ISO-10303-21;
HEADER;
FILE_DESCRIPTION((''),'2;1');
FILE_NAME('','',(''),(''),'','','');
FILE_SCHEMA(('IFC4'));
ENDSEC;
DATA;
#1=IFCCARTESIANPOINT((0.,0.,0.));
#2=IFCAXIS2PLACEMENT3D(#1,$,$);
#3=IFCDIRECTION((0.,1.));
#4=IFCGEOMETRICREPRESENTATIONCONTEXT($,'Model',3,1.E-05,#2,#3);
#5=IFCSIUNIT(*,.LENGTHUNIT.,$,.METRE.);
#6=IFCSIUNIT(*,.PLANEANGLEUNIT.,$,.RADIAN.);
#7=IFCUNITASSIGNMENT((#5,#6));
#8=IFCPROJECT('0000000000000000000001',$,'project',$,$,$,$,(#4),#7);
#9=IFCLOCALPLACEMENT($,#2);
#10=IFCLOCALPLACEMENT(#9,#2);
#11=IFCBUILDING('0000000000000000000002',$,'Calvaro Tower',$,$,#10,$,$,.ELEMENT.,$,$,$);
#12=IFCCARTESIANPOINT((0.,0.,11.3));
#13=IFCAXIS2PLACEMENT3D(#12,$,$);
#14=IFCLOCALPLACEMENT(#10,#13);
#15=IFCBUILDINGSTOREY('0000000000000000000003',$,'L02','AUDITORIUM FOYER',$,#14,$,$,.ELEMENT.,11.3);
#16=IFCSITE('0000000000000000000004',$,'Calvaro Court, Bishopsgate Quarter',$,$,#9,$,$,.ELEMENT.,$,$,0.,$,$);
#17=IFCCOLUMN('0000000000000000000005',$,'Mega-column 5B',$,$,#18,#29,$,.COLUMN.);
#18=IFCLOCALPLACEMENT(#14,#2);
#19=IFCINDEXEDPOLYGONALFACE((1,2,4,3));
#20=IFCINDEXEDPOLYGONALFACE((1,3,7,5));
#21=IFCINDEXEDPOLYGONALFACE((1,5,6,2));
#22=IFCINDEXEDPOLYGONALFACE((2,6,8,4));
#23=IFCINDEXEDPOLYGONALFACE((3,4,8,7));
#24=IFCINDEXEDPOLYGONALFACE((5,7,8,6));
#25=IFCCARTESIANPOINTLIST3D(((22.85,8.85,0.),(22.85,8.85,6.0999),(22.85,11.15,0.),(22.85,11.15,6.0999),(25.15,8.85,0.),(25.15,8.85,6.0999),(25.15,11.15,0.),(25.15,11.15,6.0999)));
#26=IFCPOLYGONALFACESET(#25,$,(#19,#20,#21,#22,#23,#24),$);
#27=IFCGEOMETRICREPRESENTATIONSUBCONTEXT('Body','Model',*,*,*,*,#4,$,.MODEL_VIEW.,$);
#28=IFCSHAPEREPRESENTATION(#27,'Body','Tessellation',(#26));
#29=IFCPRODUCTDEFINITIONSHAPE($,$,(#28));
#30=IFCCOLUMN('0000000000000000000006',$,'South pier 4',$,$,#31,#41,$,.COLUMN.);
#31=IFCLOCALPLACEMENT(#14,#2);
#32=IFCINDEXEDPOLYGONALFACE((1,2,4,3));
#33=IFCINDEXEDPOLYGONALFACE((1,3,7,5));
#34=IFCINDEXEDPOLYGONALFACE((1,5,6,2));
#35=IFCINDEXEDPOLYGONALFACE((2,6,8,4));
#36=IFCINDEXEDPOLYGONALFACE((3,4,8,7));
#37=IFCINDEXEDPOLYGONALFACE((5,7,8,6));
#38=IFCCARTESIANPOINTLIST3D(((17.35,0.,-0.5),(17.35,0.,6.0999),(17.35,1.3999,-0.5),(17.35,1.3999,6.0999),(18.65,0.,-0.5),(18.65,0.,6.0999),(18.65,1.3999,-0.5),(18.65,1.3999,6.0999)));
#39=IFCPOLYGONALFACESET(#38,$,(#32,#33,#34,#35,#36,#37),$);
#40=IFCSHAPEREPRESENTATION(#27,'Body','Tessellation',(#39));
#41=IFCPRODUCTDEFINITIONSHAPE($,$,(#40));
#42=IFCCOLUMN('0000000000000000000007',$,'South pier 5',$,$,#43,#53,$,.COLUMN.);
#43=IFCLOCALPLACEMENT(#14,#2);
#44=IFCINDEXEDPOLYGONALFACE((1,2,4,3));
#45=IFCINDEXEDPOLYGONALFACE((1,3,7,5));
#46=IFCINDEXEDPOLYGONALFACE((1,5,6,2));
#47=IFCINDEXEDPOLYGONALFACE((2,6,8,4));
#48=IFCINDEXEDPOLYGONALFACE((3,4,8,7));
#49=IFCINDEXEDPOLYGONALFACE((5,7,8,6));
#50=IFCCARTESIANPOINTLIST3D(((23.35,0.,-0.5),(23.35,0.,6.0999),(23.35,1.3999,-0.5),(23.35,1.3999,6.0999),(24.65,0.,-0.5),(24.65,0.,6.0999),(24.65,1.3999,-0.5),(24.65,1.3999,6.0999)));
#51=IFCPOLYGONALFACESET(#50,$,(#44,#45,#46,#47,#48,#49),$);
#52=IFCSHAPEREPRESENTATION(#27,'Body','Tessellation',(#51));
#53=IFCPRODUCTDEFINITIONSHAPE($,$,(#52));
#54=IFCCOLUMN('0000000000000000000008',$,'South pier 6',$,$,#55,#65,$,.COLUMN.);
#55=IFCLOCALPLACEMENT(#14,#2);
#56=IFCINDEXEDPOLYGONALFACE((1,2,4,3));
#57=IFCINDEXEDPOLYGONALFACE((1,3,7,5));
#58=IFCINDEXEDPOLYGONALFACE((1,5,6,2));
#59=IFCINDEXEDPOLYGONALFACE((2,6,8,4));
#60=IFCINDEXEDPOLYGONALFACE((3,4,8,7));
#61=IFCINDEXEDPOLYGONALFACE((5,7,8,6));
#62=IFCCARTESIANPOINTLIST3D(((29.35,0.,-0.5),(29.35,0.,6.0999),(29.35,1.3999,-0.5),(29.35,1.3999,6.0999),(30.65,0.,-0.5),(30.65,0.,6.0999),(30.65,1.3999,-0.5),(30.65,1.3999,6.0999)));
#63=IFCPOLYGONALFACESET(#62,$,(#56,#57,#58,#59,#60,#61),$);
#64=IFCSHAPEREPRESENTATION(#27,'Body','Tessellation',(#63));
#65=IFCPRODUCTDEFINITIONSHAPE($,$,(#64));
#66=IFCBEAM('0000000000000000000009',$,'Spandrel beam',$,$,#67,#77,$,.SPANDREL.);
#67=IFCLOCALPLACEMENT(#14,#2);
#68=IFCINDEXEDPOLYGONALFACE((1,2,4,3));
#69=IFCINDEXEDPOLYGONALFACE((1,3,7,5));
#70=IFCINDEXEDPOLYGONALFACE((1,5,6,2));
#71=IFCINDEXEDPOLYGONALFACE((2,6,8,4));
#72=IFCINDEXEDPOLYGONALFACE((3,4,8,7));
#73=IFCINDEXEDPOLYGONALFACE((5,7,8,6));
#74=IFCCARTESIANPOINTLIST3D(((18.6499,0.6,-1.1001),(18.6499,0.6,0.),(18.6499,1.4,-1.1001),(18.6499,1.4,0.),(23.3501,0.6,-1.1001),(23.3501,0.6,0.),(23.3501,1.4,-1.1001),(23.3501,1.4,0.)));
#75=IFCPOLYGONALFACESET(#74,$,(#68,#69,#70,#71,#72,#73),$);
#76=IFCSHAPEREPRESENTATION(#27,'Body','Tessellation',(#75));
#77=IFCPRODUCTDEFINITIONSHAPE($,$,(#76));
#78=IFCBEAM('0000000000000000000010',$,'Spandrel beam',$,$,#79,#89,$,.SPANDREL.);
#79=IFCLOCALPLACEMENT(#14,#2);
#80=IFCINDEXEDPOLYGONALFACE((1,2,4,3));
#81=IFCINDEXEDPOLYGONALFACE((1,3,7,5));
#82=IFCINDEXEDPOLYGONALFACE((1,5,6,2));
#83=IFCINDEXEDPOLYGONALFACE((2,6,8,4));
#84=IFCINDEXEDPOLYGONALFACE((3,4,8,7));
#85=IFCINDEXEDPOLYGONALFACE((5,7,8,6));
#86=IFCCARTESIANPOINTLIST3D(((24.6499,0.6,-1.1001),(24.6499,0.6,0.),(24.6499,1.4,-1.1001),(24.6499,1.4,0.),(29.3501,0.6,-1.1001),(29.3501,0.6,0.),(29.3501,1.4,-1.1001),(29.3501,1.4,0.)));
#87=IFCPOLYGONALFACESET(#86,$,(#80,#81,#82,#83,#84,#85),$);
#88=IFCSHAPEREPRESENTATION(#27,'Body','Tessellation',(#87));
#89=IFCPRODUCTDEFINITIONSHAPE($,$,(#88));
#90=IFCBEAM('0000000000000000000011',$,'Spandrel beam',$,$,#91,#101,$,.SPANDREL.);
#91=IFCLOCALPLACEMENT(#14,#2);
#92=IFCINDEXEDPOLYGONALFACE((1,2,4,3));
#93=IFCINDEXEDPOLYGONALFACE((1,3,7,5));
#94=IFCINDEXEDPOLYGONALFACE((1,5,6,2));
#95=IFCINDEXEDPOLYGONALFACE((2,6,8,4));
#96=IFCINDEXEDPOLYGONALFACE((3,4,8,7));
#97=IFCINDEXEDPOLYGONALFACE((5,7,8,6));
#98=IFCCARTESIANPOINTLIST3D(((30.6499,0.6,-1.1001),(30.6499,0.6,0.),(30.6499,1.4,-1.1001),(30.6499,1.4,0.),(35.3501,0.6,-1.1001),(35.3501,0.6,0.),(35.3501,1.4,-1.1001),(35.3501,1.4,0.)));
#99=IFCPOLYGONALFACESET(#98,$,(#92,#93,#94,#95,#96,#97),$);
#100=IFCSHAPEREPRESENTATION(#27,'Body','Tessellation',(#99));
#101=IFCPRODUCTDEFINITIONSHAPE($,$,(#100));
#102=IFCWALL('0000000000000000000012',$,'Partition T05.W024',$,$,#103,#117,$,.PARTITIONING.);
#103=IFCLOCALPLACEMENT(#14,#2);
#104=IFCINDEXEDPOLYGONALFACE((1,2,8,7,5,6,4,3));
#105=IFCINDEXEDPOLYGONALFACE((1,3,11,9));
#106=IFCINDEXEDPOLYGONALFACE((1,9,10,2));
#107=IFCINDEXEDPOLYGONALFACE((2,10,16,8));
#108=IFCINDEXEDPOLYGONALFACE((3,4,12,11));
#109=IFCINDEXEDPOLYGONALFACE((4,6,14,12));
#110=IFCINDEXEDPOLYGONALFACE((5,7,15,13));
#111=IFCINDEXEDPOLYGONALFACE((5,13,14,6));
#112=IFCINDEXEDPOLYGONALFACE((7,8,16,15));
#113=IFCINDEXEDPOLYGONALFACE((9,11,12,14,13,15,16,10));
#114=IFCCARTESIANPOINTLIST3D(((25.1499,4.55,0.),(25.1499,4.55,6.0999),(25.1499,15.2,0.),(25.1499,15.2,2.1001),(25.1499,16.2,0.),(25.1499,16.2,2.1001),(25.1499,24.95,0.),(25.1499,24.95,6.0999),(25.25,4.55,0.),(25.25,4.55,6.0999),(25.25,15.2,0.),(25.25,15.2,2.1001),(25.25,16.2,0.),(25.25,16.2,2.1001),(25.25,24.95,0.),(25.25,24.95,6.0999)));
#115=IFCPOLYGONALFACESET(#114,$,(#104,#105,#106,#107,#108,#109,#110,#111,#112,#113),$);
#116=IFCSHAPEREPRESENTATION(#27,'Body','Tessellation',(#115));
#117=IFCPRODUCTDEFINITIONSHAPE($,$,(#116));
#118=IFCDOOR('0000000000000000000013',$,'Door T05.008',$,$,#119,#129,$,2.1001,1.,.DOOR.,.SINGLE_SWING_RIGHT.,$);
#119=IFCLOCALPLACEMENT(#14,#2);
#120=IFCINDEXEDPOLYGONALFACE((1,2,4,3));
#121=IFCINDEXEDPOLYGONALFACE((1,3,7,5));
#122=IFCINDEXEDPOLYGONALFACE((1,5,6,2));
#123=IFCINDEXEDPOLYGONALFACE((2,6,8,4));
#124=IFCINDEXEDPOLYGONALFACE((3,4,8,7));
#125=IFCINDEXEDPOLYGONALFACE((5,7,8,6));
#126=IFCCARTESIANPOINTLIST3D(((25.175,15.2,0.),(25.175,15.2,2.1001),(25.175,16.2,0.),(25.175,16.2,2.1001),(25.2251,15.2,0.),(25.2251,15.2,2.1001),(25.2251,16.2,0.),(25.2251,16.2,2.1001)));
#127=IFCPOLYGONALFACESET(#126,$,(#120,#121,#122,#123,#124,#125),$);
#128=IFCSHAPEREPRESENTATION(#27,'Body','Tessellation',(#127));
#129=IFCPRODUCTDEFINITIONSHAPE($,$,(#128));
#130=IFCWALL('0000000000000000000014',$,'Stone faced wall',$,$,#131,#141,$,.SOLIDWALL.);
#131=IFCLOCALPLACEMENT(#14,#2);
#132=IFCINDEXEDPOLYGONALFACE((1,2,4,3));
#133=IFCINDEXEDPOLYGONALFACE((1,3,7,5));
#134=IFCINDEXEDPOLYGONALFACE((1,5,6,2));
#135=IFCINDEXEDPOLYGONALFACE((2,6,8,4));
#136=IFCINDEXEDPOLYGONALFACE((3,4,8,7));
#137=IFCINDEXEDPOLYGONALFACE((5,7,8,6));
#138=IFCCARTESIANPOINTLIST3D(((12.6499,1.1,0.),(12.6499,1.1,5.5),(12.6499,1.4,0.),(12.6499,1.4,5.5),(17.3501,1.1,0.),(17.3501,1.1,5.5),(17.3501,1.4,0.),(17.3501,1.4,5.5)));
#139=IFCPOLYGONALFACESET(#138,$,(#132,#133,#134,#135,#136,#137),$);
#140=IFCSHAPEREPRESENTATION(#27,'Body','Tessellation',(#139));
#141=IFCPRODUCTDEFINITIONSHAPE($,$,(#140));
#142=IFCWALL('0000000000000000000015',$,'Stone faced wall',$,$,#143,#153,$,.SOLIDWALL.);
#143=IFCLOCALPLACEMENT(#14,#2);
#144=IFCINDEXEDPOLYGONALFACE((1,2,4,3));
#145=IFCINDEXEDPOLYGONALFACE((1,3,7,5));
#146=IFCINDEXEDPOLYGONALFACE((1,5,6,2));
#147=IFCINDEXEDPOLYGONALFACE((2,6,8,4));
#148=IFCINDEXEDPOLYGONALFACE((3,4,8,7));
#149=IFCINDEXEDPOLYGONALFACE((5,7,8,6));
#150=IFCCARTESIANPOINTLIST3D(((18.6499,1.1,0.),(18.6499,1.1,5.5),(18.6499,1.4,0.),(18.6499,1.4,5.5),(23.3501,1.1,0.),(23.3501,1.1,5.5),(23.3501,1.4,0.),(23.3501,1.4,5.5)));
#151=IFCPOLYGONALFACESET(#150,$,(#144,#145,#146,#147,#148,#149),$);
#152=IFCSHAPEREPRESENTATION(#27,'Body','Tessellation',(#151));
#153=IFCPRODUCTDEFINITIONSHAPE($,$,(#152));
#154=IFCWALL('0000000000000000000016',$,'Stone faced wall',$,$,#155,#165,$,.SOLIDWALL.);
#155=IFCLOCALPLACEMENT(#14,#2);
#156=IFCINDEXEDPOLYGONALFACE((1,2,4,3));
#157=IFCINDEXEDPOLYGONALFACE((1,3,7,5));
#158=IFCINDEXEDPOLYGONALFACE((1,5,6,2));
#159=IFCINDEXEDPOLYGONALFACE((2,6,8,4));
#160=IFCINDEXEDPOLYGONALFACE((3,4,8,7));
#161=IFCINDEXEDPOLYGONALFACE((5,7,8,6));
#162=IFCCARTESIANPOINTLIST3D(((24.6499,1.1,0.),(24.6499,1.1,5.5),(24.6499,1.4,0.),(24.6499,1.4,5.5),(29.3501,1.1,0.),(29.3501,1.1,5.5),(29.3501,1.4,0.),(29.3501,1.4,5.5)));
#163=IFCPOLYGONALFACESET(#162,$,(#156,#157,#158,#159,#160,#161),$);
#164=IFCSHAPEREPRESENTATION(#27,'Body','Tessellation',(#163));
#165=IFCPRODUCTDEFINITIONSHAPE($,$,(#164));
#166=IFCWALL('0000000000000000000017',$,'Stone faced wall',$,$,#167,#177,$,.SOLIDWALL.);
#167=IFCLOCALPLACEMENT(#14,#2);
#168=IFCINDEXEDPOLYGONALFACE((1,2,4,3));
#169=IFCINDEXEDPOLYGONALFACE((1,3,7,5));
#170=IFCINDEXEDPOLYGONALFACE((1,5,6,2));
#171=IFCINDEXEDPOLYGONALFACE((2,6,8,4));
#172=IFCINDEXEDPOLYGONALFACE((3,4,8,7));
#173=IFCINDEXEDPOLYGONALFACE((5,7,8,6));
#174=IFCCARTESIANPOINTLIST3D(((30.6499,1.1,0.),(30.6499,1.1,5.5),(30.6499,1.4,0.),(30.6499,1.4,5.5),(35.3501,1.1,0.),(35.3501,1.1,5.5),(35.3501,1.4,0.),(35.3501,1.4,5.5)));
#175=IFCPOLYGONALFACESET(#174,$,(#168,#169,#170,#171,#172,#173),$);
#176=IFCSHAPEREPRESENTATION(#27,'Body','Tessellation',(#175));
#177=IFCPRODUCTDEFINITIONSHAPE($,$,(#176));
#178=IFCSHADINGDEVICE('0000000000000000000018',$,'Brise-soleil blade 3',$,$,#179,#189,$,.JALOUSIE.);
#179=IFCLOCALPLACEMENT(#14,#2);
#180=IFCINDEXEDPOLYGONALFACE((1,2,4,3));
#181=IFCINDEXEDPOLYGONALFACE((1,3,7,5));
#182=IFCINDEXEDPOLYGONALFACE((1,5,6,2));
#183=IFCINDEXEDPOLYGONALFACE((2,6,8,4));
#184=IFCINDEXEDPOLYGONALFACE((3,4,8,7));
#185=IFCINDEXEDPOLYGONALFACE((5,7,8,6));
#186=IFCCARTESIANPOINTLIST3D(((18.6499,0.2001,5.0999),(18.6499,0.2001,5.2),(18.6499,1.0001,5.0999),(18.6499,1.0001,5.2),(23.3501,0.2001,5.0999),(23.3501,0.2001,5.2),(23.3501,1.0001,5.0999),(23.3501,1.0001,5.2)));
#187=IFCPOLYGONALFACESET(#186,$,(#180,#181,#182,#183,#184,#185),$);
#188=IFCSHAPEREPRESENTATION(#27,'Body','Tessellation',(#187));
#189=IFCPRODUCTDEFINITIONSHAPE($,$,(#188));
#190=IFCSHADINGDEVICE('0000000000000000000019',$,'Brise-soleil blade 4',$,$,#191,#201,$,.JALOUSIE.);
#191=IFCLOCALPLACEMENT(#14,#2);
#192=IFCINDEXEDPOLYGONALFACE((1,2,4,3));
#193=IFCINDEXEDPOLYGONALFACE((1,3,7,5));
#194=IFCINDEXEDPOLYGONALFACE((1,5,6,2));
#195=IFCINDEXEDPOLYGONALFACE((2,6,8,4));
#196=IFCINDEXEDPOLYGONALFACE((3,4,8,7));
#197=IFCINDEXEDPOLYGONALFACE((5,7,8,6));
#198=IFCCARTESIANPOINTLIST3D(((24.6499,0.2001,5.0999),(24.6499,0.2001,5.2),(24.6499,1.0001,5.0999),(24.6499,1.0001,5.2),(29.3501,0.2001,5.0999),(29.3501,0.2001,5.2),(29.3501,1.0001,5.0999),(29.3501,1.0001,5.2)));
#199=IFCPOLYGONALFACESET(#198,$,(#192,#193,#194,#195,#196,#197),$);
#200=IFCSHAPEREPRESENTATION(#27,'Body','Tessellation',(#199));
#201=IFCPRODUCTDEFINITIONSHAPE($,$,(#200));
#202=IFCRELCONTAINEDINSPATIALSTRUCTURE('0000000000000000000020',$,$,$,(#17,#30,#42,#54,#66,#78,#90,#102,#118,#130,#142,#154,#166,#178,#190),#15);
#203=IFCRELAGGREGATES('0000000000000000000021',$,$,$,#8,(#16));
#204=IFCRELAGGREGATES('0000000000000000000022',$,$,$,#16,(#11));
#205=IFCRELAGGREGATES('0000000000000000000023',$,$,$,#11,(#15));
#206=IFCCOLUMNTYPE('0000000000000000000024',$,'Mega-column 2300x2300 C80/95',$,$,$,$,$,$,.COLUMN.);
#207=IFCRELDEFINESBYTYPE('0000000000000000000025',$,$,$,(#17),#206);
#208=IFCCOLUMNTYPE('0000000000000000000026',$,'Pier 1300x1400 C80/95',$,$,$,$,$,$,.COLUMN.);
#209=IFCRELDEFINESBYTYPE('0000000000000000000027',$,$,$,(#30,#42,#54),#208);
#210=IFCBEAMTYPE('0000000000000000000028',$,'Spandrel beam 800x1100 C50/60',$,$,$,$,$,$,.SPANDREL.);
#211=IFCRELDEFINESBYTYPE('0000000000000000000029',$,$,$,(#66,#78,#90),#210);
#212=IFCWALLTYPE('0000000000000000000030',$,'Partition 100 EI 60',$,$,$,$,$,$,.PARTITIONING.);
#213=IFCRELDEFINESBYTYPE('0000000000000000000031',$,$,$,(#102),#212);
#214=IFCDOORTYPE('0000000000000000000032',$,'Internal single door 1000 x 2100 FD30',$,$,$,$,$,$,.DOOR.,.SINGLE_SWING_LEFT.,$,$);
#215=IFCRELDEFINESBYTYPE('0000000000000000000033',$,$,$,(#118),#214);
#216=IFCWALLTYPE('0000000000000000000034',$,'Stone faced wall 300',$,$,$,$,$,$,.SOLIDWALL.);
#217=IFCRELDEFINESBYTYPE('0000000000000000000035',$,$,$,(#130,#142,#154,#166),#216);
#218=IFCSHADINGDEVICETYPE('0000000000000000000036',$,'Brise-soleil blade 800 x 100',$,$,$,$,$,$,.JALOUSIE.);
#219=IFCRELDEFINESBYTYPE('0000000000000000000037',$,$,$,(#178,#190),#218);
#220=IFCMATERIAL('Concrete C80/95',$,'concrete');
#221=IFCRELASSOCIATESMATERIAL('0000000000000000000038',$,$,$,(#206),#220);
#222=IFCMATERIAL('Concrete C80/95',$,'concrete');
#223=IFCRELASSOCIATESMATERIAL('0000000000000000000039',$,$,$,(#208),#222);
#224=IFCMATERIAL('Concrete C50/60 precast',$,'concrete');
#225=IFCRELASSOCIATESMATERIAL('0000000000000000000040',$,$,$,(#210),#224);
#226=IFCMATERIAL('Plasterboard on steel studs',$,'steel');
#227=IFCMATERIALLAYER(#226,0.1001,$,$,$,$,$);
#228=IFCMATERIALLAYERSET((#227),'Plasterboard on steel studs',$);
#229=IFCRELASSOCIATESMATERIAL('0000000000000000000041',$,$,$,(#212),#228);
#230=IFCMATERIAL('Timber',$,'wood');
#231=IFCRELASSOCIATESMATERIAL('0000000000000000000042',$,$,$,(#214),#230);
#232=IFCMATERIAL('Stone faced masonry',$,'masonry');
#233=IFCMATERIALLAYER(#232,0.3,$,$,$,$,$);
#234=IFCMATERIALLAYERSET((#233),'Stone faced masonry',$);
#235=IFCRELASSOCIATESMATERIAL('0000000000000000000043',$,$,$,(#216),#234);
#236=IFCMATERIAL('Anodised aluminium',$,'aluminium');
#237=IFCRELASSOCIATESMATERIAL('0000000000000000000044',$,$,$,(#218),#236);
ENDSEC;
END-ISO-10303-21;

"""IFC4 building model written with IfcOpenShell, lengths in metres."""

from ifc_helpers import new_model, si_unit, direction, frame, frame_2d, origin, origin_2d, place, context, subcontext, project, spatial, rectangle, extrude, material, layer, layer_set, material_profile, profile_set, type_object, element, fill, save


model = new_model("IFC4")

# Units and contexts
model_context = context("Model", 3, precision=1e-05, world=origin(), true_north=direction((0.0, 1.0)))
body_context = subcontext(model_context, "Body", "Model", "MODEL_VIEW")
ifc_project = project(units=[si_unit("LENGTHUNIT", "METRE"), si_unit("PLANEANGLEUNIT", "RADIAN")], contexts=[model_context])

# Site, building, storey
site_placement = place(None, origin())
site = spatial("IfcSite", under=ifc_project, at=site_placement, Name="Calvaro Court, Bishopsgate Quarter", CompositionType="ELEMENT", RefElevation=0.0)
building_placement = place(site_placement, origin())
building = spatial("IfcBuilding", under=site, at=building_placement, Name="Calvaro Tower", CompositionType="ELEMENT")
storey_placement = place(building_placement, frame((0.0, 0.0, 11.3)))
storey = spatial("IfcBuildingStorey", under=building, at=storey_placement, Name="L02", Description="AUDITORIUM FOYER", CompositionType="ELEMENT", Elevation=11.3)

# Columns
ifc_material_1 = material(Name="Concrete C80/95", Category="concrete")
ifc_material_profile_1 = material_profile(ifc_material_1, rectangle(XDim=2.3, YDim=2.3, at=origin_2d()), Name="RC 2300x2300")
ifc_profile_set_1 = profile_set([ifc_material_profile_1], Name="Concrete C80/95")
column_type_1 = type_object("IfcColumnType", Name="Mega-column 2300x2300 C80/95", PredefinedType="COLUMN", material=ifc_profile_set_1)
column_placement = place(storey_placement, frame((24.0, 10.0, 0.0), z_axis=(0.0, 0.0, 1.0), x_axis=(1.0, 0.0, 0.0)))
element("IfcColumn", 1, at=column_placement, inside=storey, type_object=column_type_1, Name="Mega-column 5B", PredefinedType="COLUMN", context=body_context, shape_type="SweptSolid", body=[
    extrude(rectangle(XDim=2.3, YDim=2.3, at=origin_2d()), origin(), (0.0, 0.0, 1.0), 6.0999),
])
ifc_material_2 = material(Name="Concrete C80/95", Category="concrete")
ifc_material_profile_2 = material_profile(ifc_material_2, rectangle(XDim=1.3, YDim=1.3999, at=origin_2d()), Name="RC 1300x1400")
ifc_profile_set_2 = profile_set([ifc_material_profile_2], Name="Concrete C80/95")
column_type_2 = type_object("IfcColumnType", Name="Pier 1300x1400 C80/95", PredefinedType="COLUMN", material=ifc_profile_set_2)
for number, where, z_axis, x_axis, name in (
    (2, (18.0, 0.7, -0.5), (0.0, 0.0, 1.0), (1.0, 0.0, 0.0), "South pier 4"),
    (3, (24.0, 0.7, -0.5), (0.0, 0.0, 1.0), (1.0, 0.0, 0.0), "South pier 5"),
    (4, (30.0, 0.7, -0.5), (0.0, 0.0, 1.0), (1.0, 0.0, 0.0), "South pier 6"),
):
    element("IfcColumn", number, at=place(storey_placement, frame(where, z_axis=z_axis, x_axis=x_axis)), inside=storey, type_object=column_type_2, Name=name, PredefinedType="COLUMN", context=body_context, shape_type="SweptSolid", body=[
        extrude(rectangle(XDim=1.3, YDim=1.3999, at=origin_2d()), origin(), (0.0, 0.0, 1.0), 6.5999),
    ])

# Beams
ifc_material_3 = material(Name="Concrete C50/60 precast", Category="concrete")
ifc_material_profile_3 = material_profile(ifc_material_3, rectangle(XDim=0.8, YDim=1.1001, at=origin_2d()), Name="RC 800x1100")
ifc_profile_set_3 = profile_set([ifc_material_profile_3], Name="Concrete C50/60 precast")
beam_type = type_object("IfcBeamType", Name="Spandrel beam 800x1100 C50/60", PredefinedType="SPANDREL", material=ifc_profile_set_3)
for number, where, z_axis, x_axis, name in (
    (5, (18.6499, 1.0, -0.55), (1.0, 0.0, 0.0), (0.0, 1.0, 0.0), "Spandrel beam"),
    (6, (24.6499, 1.0, -0.55), (1.0, 0.0, 0.0), (0.0, 1.0, 0.0), "Spandrel beam"),
    (7, (30.6499, 1.0, -0.55), (1.0, 0.0, 0.0), (0.0, 1.0, 0.0), "Spandrel beam"),
):
    element("IfcBeam", number, at=place(storey_placement, frame(where, z_axis=z_axis, x_axis=x_axis)), inside=storey, type_object=beam_type, Name=name, PredefinedType="SPANDREL", context=body_context, shape_type="SweptSolid", body=[
        extrude(rectangle(XDim=0.8, YDim=1.1001, at=origin_2d()), origin(), (0.0, 0.0, 1.0), 4.7002),
    ])

# Wall, opening, door
ifc_material_4 = material(Name="Plasterboard on steel studs", Category="steel")
ifc_layer_1 = layer(ifc_material_4, 0.1001)
ifc_layer_set_1 = layer_set([ifc_layer_1], Name="Plasterboard on steel studs")
wall_type_1 = type_object("IfcWallType", Name="Partition 100 EI 60", PredefinedType="PARTITIONING", material=ifc_layer_set_1)
wall_placement = place(storey_placement, frame((25.2, 4.55, 0.0), z_axis=(0.0, 0.0, 1.0), x_axis=(0.0, 1.0, 0.0)))
wall = element("IfcWall", 8, at=wall_placement, inside=storey, type_object=wall_type_1, Name="Partition T05.W024", PredefinedType="PARTITIONING", context=body_context, shape_type="SweptSolid", body=[
    extrude(rectangle(XDim=20.3999, YDim=0.1001, at=frame_2d((10.2, 0.0))), origin(), (0.0, 0.0, 1.0), 6.0999),
])
opening_placement = place(wall_placement, frame((10.6499, 0.0, 0.0)))
opening = element("IfcOpeningElement", 9, at=opening_placement, cuts=wall, PredefinedType="OPENING", context=body_context, shape_type="SweptSolid", body=[
    extrude(rectangle(XDim=1.0, YDim=2.1001, at=frame_2d((0.5, 1.05))), frame((0.0, 0.0601, 0.0), z_axis=(0.0, -1.0, 0.0), x_axis=(1.0, 0.0, 0.0)), (0.0, 0.0, 1.0), 0.1201),
])
ifc_material_5 = material(Name="Timber", Category="wood")
door_type = type_object("IfcDoorType", Name="Internal single door 1000 x 2100 FD30", OperationType="SINGLE_SWING_LEFT", PredefinedType="DOOR", material=ifc_material_5)
door_placement = place(opening_placement, origin())
door = element("IfcDoor", 10, at=door_placement, inside=storey, type_object=door_type, Name="Door T05.008", OperationType="SINGLE_SWING_RIGHT", OverallHeight=2.1001, OverallWidth=1.0, PredefinedType="DOOR", context=body_context, shape_type="SweptSolid", body=[
    extrude(rectangle(XDim=1.0, YDim=2.1001, at=frame_2d((0.5, 1.05))), frame((0.0, 0.0249, 0.0), z_axis=(0.0, -1.0, 0.0), x_axis=(1.0, 0.0, 0.0)), (0.0, 0.0, 1.0), 0.05),
])
fill(opening, door)

# Walls
ifc_material_6 = material(Name="Stone faced masonry", Category="masonry")
ifc_layer_2 = layer(ifc_material_6, 0.3)
ifc_layer_set_2 = layer_set([ifc_layer_2], Name="Stone faced masonry")
wall_type_2 = type_object("IfcWallType", Name="Stone faced wall 300", PredefinedType="SOLIDWALL", material=ifc_layer_set_2)
for number, where, z_axis, x_axis, name in (
    (11, (12.6499, 1.25, 0.0), (0.0, 0.0, 1.0), (1.0, 0.0, 0.0), "Stone faced wall"),
    (12, (18.6499, 1.25, 0.0), (0.0, 0.0, 1.0), (1.0, 0.0, 0.0), "Stone faced wall"),
    (13, (24.6499, 1.25, 0.0), (0.0, 0.0, 1.0), (1.0, 0.0, 0.0), "Stone faced wall"),
    (14, (30.6499, 1.25, 0.0), (0.0, 0.0, 1.0), (1.0, 0.0, 0.0), "Stone faced wall"),
):
    element("IfcWall", number, at=place(storey_placement, frame(where, z_axis=z_axis, x_axis=x_axis)), inside=storey, type_object=wall_type_2, Name=name, PredefinedType="SOLIDWALL", context=body_context, shape_type="SweptSolid", body=[
        extrude(rectangle(XDim=4.7002, YDim=0.3, at=frame_2d((2.3501, 0.0))), origin(), (0.0, 0.0, 1.0), 5.5),
    ])

# Shading devices
ifc_material_7 = material(Name="Anodised aluminium", Category="aluminium")
ifc_material_profile_4 = material_profile(ifc_material_7, rectangle(XDim=0.8, YDim=0.1001, at=origin_2d()), Name="Brise-soleil blade 800 x 100")
ifc_profile_set_4 = profile_set([ifc_material_profile_4], Name="Anodised aluminium")
shading_device_type = type_object("IfcShadingDeviceType", Name="Brise-soleil blade 800 x 100", PredefinedType="JALOUSIE", material=ifc_profile_set_4)
for number, where, z_axis, x_axis, name in (
    (15, (18.6499, 0.6001, 5.1499), (1.0, 0.0, 0.0), (0.0, 1.0, 0.0), "Brise-soleil blade 3"),
    (16, (24.6499, 0.6001, 5.1499), (1.0, 0.0, 0.0), (0.0, 1.0, 0.0), "Brise-soleil blade 4"),
):
    element("IfcShadingDevice", number, at=place(storey_placement, frame(where, z_axis=z_axis, x_axis=x_axis)), inside=storey, type_object=shading_device_type, Name=name, PredefinedType="JALOUSIE", context=body_context, shape_type="SweptSolid", body=[
        extrude(rectangle(XDim=0.8, YDim=0.1001, at=origin_2d()), origin(), (0.0, 0.0, 1.0), 4.7002),
    ])

save(model, "model.ifc")
